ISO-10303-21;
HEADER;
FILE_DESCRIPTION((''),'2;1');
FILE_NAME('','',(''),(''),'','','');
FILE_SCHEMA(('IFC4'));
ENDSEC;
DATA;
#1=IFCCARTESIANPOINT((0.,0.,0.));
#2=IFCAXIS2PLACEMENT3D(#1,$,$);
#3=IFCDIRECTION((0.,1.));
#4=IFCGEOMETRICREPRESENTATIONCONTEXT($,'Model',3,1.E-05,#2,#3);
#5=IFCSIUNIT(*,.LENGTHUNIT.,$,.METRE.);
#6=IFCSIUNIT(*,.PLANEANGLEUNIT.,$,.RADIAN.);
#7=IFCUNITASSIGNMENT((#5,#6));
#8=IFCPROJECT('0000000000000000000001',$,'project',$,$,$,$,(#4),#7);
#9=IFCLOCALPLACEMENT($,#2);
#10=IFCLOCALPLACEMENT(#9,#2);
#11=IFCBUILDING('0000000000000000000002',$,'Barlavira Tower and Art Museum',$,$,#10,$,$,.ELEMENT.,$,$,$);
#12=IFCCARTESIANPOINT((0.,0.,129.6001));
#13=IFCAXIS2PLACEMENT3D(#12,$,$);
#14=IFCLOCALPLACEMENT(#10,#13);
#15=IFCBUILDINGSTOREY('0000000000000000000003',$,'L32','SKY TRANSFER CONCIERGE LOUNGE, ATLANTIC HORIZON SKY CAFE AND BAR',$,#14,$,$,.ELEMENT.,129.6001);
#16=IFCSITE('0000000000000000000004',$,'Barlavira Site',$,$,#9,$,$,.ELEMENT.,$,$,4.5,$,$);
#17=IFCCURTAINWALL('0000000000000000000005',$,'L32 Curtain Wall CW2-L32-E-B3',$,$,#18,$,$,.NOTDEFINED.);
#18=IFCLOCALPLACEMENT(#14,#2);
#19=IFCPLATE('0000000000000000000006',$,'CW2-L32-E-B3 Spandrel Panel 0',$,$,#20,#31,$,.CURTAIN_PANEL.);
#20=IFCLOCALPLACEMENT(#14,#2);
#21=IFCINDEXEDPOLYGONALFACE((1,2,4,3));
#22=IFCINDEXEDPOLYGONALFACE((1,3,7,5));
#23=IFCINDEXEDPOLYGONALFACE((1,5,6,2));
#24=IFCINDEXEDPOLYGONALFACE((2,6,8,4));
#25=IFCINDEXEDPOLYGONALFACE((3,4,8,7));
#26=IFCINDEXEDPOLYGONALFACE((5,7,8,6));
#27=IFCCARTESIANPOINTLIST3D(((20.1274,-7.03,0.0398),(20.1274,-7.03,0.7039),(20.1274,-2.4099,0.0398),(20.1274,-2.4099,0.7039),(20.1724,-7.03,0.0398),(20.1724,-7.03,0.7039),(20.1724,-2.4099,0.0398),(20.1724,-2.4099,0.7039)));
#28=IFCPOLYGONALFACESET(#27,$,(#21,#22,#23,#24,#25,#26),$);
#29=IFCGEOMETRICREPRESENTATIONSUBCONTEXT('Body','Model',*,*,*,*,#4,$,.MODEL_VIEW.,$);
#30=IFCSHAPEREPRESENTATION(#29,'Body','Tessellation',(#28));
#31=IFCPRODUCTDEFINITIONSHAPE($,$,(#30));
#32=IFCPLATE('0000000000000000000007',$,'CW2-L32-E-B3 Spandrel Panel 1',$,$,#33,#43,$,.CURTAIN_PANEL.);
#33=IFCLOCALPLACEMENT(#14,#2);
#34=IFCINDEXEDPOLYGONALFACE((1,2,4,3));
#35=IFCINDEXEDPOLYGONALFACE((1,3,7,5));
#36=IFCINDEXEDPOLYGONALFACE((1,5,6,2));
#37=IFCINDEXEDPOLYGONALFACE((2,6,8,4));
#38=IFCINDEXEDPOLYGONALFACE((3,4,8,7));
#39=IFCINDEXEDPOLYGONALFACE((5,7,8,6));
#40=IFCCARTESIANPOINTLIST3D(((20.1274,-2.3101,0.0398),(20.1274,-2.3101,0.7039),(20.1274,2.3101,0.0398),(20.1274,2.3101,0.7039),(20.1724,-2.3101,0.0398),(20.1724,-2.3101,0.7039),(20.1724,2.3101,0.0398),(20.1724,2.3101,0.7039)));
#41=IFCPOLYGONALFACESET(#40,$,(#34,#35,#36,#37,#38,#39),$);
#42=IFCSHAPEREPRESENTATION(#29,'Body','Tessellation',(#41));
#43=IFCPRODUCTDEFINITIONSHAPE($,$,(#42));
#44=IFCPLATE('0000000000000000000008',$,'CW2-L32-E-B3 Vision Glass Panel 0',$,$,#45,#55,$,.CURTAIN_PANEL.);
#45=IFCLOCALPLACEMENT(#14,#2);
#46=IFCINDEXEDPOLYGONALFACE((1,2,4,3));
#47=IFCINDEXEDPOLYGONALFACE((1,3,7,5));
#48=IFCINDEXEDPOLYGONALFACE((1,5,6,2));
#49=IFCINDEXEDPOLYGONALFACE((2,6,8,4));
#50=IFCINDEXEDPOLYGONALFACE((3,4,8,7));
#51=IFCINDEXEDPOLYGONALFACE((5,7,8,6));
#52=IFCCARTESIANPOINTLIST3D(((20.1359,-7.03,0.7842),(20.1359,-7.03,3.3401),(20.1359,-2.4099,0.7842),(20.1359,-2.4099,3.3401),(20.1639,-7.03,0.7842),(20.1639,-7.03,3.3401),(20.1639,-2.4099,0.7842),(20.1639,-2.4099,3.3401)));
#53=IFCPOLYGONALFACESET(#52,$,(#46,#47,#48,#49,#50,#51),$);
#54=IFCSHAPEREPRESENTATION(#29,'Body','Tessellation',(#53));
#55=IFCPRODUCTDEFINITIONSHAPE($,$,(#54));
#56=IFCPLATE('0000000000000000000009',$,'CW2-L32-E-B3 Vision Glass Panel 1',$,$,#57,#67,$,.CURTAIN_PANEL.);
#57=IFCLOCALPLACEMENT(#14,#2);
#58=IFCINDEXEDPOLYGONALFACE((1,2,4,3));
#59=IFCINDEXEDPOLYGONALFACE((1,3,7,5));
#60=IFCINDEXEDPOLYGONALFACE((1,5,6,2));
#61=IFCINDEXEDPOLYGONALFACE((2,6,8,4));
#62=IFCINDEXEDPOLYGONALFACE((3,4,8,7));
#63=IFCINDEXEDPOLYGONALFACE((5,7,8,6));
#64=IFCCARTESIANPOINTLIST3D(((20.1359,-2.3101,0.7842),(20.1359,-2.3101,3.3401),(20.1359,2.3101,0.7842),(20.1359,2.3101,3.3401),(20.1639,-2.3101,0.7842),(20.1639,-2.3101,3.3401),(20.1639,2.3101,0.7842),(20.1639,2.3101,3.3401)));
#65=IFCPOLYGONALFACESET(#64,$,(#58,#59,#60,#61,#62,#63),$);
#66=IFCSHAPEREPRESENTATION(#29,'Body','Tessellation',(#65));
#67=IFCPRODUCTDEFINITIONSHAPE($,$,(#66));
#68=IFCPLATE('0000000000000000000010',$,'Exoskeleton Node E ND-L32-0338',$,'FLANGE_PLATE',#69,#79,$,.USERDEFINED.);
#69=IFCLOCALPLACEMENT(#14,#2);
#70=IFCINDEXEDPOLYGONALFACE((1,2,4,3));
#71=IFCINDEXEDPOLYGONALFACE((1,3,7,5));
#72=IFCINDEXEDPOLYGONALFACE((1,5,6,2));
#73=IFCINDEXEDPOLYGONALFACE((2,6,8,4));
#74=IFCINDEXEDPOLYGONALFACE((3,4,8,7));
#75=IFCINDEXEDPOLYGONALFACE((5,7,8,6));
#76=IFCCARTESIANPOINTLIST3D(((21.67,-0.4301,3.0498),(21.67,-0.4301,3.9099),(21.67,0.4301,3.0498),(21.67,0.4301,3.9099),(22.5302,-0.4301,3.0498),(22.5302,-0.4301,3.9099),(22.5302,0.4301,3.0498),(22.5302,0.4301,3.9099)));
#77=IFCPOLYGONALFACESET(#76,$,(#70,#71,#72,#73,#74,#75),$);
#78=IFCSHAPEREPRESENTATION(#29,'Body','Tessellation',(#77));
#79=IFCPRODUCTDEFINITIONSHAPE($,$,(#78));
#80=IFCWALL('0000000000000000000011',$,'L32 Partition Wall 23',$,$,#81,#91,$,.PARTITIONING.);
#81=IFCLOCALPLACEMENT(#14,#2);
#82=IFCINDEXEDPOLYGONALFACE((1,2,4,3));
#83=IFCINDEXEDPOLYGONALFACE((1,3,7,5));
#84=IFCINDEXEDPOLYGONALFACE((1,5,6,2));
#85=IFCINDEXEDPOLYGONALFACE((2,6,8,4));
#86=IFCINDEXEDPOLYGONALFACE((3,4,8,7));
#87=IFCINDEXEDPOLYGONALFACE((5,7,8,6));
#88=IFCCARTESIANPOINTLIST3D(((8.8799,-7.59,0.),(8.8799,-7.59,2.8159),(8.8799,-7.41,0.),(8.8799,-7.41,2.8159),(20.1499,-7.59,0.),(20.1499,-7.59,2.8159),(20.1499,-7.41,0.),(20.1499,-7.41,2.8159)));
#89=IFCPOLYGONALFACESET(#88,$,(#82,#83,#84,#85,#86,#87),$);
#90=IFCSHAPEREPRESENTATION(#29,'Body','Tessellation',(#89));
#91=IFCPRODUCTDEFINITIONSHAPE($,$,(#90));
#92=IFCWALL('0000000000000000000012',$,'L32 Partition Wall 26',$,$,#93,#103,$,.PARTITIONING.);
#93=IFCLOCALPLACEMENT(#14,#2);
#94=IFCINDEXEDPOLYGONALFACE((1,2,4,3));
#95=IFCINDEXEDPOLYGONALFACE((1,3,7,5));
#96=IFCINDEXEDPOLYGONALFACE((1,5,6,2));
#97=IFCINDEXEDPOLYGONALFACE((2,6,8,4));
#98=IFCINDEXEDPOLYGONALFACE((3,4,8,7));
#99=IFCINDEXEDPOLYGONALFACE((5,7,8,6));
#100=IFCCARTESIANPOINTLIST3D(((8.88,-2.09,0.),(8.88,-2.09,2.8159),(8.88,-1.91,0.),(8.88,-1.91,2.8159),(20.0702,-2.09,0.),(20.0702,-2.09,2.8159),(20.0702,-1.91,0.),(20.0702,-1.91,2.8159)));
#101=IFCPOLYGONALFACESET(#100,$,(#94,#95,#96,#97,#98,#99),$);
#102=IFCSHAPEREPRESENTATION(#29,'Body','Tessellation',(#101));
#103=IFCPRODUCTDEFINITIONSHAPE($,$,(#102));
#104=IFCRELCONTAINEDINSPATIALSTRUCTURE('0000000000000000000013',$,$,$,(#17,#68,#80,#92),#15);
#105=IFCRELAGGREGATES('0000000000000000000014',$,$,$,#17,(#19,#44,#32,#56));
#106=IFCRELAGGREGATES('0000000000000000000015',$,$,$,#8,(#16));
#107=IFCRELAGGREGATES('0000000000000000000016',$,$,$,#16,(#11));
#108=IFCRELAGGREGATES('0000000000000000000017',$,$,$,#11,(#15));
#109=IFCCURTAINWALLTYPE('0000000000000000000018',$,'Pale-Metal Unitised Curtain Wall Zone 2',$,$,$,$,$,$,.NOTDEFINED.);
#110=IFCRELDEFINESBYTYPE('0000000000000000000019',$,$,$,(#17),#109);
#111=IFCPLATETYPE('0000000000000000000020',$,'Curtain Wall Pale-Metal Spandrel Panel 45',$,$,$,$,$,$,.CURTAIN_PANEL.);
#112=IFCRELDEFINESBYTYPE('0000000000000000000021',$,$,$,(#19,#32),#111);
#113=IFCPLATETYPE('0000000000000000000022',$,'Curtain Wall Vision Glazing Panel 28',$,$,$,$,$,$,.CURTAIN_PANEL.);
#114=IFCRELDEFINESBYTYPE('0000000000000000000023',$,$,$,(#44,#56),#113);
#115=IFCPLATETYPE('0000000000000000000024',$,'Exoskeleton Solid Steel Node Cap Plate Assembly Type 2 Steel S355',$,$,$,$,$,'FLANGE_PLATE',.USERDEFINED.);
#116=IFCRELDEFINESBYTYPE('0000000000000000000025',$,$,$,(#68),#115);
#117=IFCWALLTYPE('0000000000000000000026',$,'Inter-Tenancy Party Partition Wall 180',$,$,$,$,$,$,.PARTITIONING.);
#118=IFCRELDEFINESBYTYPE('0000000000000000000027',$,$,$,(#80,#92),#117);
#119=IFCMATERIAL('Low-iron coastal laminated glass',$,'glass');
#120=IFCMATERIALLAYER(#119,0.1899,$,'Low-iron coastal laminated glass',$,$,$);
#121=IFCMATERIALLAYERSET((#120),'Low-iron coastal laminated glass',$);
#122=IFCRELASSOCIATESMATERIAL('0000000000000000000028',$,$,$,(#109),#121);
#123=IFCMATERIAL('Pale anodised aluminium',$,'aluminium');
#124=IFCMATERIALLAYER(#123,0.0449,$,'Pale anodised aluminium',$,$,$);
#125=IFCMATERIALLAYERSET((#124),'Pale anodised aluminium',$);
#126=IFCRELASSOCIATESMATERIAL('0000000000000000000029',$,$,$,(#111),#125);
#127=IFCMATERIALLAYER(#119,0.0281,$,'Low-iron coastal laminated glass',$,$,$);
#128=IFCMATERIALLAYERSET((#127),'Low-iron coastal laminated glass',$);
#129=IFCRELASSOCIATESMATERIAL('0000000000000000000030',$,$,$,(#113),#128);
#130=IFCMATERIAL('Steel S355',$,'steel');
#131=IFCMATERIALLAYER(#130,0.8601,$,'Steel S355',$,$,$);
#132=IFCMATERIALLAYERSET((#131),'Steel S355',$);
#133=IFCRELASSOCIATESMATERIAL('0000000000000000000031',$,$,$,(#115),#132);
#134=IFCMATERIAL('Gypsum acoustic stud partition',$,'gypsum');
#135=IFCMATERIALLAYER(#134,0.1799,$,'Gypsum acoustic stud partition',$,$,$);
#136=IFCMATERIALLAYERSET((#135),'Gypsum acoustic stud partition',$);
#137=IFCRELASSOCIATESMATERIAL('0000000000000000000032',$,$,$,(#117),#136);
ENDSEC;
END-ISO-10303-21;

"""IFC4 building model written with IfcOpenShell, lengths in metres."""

from ifc_helpers import new_model, si_unit, direction, frame, frame_2d, origin, origin_2d, place, context, subcontext, project, spatial, rectangle, extrude, material, layer, layer_set, type_object, element, aggregate, save


model = new_model("IFC4")

# Units and contexts
model_context = context("Model", 3, precision=1e-05, world=origin(), true_north=direction((0.0, 1.0)))
body_context = subcontext(model_context, "Body", "Model", "MODEL_VIEW")
ifc_project = project(units=[si_unit("LENGTHUNIT", "METRE"), si_unit("PLANEANGLEUNIT", "RADIAN")], contexts=[model_context])

# Site, building, storey
site_placement = place(None, origin())
site = spatial("IfcSite", under=ifc_project, at=site_placement, Name="Barlavira Site", CompositionType="ELEMENT", RefElevation=4.5)
building_placement = place(site_placement, origin())
building = spatial("IfcBuilding", under=site, at=building_placement, Name="Barlavira Tower and Art Museum", CompositionType="ELEMENT")
storey_placement = place(building_placement, frame((0.0, 0.0, 129.6001)))
storey = spatial("IfcBuildingStorey", under=building, at=storey_placement, Name="L32", Description="SKY TRANSFER CONCIERGE LOUNGE, ATLANTIC HORIZON SKY CAFE AND BAR", CompositionType="ELEMENT", Elevation=129.6001)

# Curtain wall
ifc_material_1 = material(Name="Low-iron coastal laminated glass", Category="glass")
ifc_layer_1 = layer(ifc_material_1, 0.1899, Name="Low-iron coastal laminated glass")
ifc_layer_set_1 = layer_set([ifc_layer_1], Name="Low-iron coastal laminated glass")
curtain_wall_type = type_object("IfcCurtainWallType", Name="Pale-Metal Unitised Curtain Wall Zone 2", PredefinedType="NOTDEFINED", material=ifc_layer_set_1)
curtain_wall_placement = place(storey_placement, origin())
curtain_wall = element("IfcCurtainWall", 1, at=curtain_wall_placement, inside=storey, type_object=curtain_wall_type, Name="L32 Curtain Wall CW2-L32-E-B3", PredefinedType="NOTDEFINED")
ifc_material_2 = material(Name="Pale anodised aluminium", Category="aluminium")

# Shared definitions
ifc_material_3 = material(Name="Steel S355", Category="steel")

# Plates
ifc_layer_2 = layer(ifc_material_2, 0.0449, Name="Pale anodised aluminium")
ifc_layer_set_2 = layer_set([ifc_layer_2], Name="Pale anodised aluminium")
plate_type_1 = type_object("IfcPlateType", Name="Curtain Wall Pale-Metal Spandrel Panel 45", PredefinedType="CURTAIN_PANEL", material=ifc_layer_set_2)
plate_1_placement = place(storey_placement, frame((20.1499, -4.72, 0.0398), z_axis=(0.0, 0.0, 1.0), x_axis=(0.0, 1.0, 0.0)))
plate_1 = element("IfcPlate", 2, at=plate_1_placement, type_object=plate_type_1, Name="CW2-L32-E-B3 Spandrel Panel 0", PredefinedType="CURTAIN_PANEL", context=body_context, shape_type="SweptSolid", body=[
    extrude(rectangle(XDim=4.6201, YDim=0.0449, at=origin_2d()), origin(), (0.0, 0.0, 1.0), 0.6641),
])
plate_2_placement = place(storey_placement, frame((20.1499, 0.0, 0.0398), z_axis=(0.0, 0.0, 1.0), x_axis=(0.0, 1.0, 0.0)))
plate_2 = element("IfcPlate", 3, at=plate_2_placement, type_object=plate_type_1, Name="CW2-L32-E-B3 Spandrel Panel 1", PredefinedType="CURTAIN_PANEL", context=body_context, shape_type="SweptSolid", body=[
    extrude(rectangle(XDim=4.6201, YDim=0.0449, at=origin_2d()), origin(), (0.0, 0.0, 1.0), 0.6641),
])
ifc_layer_3 = layer(ifc_material_1, 0.0281, Name="Low-iron coastal laminated glass")
ifc_layer_set_3 = layer_set([ifc_layer_3], Name="Low-iron coastal laminated glass")
plate_type_2 = type_object("IfcPlateType", Name="Curtain Wall Vision Glazing Panel 28", PredefinedType="CURTAIN_PANEL", material=ifc_layer_set_3)
plate_3_placement = place(storey_placement, frame((20.1499, -4.72, 0.7842), z_axis=(0.0, 0.0, 1.0), x_axis=(0.0, 1.0, 0.0)))
plate_3 = element("IfcPlate", 4, at=plate_3_placement, type_object=plate_type_2, Name="CW2-L32-E-B3 Vision Glass Panel 0", PredefinedType="CURTAIN_PANEL", context=body_context, shape_type="SweptSolid", body=[
    extrude(rectangle(XDim=4.6201, YDim=0.0281, at=origin_2d()), origin(), (0.0, 0.0, 1.0), 2.5559),
])
plate_4_placement = place(storey_placement, frame((20.1499, 0.0, 0.7842), z_axis=(0.0, 0.0, 1.0), x_axis=(0.0, 1.0, 0.0)))
plate_4 = element("IfcPlate", 5, at=plate_4_placement, type_object=plate_type_2, Name="CW2-L32-E-B3 Vision Glass Panel 1", PredefinedType="CURTAIN_PANEL", context=body_context, shape_type="SweptSolid", body=[
    extrude(rectangle(XDim=4.6201, YDim=0.0281, at=origin_2d()), origin(), (0.0, 0.0, 1.0), 2.5559),
])
aggregate(curtain_wall, [plate_1, plate_3, plate_2, plate_4])
ifc_layer_4 = layer(ifc_material_3, 0.8601, Name="Steel S355")
ifc_layer_set_4 = layer_set([ifc_layer_4], Name="Steel S355")
plate_type_3 = type_object("IfcPlateType", Name="Exoskeleton Solid Steel Node Cap Plate Assembly Type 2 Steel S355", ElementType="FLANGE_PLATE", PredefinedType="USERDEFINED", material=ifc_layer_set_4)
plate_5_placement = place(storey_placement, frame((22.1001, 0.0, 3.0498), z_axis=(0.0, 0.0, 1.0), x_axis=(1.0, 0.0, 0.0)))
element("IfcPlate", 6, at=plate_5_placement, inside=storey, type_object=plate_type_3, Name="Exoskeleton Node E ND-L32-0338", ObjectType="FLANGE_PLATE", PredefinedType="USERDEFINED", context=body_context, shape_type="SweptSolid", body=[
    extrude(rectangle(XDim=0.8601, YDim=0.8601, at=origin_2d()), origin(), (0.0, 0.0, 1.0), 0.8601),
])

# Walls
ifc_material_4 = material(Name="Gypsum acoustic stud partition", Category="gypsum")
ifc_layer_5 = layer(ifc_material_4, 0.1799, Name="Gypsum acoustic stud partition")
ifc_layer_set_5 = layer_set([ifc_layer_5], Name="Gypsum acoustic stud partition")
wall_type = type_object("IfcWallType", Name="Inter-Tenancy Party Partition Wall 180", PredefinedType="PARTITIONING", material=ifc_layer_set_5)
wall_1_placement = place(storey_placement, frame((8.8799, -7.5, 0.0), z_axis=(0.0, 0.0, 1.0), x_axis=(1.0, 0.0, 0.0)))
element("IfcWall", 7, at=wall_1_placement, inside=storey, type_object=wall_type, Name="L32 Partition Wall 23", PredefinedType="PARTITIONING", context=body_context, shape_type="SweptSolid", body=[
    extrude(rectangle(XDim=11.27, YDim=0.1799, at=frame_2d((5.635, 0.0))), origin(), (0.0, 0.0, 1.0), 2.8159),
])
wall_2_placement = place(storey_placement, frame((8.8799, -2.0, 0.0), z_axis=(0.0, 0.0, 1.0), x_axis=(1.0, 0.0, 0.0)))
element("IfcWall", 8, at=wall_2_placement, inside=storey, type_object=wall_type, Name="L32 Partition Wall 26", PredefinedType="PARTITIONING", context=body_context, shape_type="SweptSolid", body=[
    extrude(rectangle(XDim=11.1902, YDim=0.1799, at=frame_2d((5.5952, 0.0))), origin(), (0.0, 0.0, 1.0), 2.8159),
])

save(model, "model.ifc")
